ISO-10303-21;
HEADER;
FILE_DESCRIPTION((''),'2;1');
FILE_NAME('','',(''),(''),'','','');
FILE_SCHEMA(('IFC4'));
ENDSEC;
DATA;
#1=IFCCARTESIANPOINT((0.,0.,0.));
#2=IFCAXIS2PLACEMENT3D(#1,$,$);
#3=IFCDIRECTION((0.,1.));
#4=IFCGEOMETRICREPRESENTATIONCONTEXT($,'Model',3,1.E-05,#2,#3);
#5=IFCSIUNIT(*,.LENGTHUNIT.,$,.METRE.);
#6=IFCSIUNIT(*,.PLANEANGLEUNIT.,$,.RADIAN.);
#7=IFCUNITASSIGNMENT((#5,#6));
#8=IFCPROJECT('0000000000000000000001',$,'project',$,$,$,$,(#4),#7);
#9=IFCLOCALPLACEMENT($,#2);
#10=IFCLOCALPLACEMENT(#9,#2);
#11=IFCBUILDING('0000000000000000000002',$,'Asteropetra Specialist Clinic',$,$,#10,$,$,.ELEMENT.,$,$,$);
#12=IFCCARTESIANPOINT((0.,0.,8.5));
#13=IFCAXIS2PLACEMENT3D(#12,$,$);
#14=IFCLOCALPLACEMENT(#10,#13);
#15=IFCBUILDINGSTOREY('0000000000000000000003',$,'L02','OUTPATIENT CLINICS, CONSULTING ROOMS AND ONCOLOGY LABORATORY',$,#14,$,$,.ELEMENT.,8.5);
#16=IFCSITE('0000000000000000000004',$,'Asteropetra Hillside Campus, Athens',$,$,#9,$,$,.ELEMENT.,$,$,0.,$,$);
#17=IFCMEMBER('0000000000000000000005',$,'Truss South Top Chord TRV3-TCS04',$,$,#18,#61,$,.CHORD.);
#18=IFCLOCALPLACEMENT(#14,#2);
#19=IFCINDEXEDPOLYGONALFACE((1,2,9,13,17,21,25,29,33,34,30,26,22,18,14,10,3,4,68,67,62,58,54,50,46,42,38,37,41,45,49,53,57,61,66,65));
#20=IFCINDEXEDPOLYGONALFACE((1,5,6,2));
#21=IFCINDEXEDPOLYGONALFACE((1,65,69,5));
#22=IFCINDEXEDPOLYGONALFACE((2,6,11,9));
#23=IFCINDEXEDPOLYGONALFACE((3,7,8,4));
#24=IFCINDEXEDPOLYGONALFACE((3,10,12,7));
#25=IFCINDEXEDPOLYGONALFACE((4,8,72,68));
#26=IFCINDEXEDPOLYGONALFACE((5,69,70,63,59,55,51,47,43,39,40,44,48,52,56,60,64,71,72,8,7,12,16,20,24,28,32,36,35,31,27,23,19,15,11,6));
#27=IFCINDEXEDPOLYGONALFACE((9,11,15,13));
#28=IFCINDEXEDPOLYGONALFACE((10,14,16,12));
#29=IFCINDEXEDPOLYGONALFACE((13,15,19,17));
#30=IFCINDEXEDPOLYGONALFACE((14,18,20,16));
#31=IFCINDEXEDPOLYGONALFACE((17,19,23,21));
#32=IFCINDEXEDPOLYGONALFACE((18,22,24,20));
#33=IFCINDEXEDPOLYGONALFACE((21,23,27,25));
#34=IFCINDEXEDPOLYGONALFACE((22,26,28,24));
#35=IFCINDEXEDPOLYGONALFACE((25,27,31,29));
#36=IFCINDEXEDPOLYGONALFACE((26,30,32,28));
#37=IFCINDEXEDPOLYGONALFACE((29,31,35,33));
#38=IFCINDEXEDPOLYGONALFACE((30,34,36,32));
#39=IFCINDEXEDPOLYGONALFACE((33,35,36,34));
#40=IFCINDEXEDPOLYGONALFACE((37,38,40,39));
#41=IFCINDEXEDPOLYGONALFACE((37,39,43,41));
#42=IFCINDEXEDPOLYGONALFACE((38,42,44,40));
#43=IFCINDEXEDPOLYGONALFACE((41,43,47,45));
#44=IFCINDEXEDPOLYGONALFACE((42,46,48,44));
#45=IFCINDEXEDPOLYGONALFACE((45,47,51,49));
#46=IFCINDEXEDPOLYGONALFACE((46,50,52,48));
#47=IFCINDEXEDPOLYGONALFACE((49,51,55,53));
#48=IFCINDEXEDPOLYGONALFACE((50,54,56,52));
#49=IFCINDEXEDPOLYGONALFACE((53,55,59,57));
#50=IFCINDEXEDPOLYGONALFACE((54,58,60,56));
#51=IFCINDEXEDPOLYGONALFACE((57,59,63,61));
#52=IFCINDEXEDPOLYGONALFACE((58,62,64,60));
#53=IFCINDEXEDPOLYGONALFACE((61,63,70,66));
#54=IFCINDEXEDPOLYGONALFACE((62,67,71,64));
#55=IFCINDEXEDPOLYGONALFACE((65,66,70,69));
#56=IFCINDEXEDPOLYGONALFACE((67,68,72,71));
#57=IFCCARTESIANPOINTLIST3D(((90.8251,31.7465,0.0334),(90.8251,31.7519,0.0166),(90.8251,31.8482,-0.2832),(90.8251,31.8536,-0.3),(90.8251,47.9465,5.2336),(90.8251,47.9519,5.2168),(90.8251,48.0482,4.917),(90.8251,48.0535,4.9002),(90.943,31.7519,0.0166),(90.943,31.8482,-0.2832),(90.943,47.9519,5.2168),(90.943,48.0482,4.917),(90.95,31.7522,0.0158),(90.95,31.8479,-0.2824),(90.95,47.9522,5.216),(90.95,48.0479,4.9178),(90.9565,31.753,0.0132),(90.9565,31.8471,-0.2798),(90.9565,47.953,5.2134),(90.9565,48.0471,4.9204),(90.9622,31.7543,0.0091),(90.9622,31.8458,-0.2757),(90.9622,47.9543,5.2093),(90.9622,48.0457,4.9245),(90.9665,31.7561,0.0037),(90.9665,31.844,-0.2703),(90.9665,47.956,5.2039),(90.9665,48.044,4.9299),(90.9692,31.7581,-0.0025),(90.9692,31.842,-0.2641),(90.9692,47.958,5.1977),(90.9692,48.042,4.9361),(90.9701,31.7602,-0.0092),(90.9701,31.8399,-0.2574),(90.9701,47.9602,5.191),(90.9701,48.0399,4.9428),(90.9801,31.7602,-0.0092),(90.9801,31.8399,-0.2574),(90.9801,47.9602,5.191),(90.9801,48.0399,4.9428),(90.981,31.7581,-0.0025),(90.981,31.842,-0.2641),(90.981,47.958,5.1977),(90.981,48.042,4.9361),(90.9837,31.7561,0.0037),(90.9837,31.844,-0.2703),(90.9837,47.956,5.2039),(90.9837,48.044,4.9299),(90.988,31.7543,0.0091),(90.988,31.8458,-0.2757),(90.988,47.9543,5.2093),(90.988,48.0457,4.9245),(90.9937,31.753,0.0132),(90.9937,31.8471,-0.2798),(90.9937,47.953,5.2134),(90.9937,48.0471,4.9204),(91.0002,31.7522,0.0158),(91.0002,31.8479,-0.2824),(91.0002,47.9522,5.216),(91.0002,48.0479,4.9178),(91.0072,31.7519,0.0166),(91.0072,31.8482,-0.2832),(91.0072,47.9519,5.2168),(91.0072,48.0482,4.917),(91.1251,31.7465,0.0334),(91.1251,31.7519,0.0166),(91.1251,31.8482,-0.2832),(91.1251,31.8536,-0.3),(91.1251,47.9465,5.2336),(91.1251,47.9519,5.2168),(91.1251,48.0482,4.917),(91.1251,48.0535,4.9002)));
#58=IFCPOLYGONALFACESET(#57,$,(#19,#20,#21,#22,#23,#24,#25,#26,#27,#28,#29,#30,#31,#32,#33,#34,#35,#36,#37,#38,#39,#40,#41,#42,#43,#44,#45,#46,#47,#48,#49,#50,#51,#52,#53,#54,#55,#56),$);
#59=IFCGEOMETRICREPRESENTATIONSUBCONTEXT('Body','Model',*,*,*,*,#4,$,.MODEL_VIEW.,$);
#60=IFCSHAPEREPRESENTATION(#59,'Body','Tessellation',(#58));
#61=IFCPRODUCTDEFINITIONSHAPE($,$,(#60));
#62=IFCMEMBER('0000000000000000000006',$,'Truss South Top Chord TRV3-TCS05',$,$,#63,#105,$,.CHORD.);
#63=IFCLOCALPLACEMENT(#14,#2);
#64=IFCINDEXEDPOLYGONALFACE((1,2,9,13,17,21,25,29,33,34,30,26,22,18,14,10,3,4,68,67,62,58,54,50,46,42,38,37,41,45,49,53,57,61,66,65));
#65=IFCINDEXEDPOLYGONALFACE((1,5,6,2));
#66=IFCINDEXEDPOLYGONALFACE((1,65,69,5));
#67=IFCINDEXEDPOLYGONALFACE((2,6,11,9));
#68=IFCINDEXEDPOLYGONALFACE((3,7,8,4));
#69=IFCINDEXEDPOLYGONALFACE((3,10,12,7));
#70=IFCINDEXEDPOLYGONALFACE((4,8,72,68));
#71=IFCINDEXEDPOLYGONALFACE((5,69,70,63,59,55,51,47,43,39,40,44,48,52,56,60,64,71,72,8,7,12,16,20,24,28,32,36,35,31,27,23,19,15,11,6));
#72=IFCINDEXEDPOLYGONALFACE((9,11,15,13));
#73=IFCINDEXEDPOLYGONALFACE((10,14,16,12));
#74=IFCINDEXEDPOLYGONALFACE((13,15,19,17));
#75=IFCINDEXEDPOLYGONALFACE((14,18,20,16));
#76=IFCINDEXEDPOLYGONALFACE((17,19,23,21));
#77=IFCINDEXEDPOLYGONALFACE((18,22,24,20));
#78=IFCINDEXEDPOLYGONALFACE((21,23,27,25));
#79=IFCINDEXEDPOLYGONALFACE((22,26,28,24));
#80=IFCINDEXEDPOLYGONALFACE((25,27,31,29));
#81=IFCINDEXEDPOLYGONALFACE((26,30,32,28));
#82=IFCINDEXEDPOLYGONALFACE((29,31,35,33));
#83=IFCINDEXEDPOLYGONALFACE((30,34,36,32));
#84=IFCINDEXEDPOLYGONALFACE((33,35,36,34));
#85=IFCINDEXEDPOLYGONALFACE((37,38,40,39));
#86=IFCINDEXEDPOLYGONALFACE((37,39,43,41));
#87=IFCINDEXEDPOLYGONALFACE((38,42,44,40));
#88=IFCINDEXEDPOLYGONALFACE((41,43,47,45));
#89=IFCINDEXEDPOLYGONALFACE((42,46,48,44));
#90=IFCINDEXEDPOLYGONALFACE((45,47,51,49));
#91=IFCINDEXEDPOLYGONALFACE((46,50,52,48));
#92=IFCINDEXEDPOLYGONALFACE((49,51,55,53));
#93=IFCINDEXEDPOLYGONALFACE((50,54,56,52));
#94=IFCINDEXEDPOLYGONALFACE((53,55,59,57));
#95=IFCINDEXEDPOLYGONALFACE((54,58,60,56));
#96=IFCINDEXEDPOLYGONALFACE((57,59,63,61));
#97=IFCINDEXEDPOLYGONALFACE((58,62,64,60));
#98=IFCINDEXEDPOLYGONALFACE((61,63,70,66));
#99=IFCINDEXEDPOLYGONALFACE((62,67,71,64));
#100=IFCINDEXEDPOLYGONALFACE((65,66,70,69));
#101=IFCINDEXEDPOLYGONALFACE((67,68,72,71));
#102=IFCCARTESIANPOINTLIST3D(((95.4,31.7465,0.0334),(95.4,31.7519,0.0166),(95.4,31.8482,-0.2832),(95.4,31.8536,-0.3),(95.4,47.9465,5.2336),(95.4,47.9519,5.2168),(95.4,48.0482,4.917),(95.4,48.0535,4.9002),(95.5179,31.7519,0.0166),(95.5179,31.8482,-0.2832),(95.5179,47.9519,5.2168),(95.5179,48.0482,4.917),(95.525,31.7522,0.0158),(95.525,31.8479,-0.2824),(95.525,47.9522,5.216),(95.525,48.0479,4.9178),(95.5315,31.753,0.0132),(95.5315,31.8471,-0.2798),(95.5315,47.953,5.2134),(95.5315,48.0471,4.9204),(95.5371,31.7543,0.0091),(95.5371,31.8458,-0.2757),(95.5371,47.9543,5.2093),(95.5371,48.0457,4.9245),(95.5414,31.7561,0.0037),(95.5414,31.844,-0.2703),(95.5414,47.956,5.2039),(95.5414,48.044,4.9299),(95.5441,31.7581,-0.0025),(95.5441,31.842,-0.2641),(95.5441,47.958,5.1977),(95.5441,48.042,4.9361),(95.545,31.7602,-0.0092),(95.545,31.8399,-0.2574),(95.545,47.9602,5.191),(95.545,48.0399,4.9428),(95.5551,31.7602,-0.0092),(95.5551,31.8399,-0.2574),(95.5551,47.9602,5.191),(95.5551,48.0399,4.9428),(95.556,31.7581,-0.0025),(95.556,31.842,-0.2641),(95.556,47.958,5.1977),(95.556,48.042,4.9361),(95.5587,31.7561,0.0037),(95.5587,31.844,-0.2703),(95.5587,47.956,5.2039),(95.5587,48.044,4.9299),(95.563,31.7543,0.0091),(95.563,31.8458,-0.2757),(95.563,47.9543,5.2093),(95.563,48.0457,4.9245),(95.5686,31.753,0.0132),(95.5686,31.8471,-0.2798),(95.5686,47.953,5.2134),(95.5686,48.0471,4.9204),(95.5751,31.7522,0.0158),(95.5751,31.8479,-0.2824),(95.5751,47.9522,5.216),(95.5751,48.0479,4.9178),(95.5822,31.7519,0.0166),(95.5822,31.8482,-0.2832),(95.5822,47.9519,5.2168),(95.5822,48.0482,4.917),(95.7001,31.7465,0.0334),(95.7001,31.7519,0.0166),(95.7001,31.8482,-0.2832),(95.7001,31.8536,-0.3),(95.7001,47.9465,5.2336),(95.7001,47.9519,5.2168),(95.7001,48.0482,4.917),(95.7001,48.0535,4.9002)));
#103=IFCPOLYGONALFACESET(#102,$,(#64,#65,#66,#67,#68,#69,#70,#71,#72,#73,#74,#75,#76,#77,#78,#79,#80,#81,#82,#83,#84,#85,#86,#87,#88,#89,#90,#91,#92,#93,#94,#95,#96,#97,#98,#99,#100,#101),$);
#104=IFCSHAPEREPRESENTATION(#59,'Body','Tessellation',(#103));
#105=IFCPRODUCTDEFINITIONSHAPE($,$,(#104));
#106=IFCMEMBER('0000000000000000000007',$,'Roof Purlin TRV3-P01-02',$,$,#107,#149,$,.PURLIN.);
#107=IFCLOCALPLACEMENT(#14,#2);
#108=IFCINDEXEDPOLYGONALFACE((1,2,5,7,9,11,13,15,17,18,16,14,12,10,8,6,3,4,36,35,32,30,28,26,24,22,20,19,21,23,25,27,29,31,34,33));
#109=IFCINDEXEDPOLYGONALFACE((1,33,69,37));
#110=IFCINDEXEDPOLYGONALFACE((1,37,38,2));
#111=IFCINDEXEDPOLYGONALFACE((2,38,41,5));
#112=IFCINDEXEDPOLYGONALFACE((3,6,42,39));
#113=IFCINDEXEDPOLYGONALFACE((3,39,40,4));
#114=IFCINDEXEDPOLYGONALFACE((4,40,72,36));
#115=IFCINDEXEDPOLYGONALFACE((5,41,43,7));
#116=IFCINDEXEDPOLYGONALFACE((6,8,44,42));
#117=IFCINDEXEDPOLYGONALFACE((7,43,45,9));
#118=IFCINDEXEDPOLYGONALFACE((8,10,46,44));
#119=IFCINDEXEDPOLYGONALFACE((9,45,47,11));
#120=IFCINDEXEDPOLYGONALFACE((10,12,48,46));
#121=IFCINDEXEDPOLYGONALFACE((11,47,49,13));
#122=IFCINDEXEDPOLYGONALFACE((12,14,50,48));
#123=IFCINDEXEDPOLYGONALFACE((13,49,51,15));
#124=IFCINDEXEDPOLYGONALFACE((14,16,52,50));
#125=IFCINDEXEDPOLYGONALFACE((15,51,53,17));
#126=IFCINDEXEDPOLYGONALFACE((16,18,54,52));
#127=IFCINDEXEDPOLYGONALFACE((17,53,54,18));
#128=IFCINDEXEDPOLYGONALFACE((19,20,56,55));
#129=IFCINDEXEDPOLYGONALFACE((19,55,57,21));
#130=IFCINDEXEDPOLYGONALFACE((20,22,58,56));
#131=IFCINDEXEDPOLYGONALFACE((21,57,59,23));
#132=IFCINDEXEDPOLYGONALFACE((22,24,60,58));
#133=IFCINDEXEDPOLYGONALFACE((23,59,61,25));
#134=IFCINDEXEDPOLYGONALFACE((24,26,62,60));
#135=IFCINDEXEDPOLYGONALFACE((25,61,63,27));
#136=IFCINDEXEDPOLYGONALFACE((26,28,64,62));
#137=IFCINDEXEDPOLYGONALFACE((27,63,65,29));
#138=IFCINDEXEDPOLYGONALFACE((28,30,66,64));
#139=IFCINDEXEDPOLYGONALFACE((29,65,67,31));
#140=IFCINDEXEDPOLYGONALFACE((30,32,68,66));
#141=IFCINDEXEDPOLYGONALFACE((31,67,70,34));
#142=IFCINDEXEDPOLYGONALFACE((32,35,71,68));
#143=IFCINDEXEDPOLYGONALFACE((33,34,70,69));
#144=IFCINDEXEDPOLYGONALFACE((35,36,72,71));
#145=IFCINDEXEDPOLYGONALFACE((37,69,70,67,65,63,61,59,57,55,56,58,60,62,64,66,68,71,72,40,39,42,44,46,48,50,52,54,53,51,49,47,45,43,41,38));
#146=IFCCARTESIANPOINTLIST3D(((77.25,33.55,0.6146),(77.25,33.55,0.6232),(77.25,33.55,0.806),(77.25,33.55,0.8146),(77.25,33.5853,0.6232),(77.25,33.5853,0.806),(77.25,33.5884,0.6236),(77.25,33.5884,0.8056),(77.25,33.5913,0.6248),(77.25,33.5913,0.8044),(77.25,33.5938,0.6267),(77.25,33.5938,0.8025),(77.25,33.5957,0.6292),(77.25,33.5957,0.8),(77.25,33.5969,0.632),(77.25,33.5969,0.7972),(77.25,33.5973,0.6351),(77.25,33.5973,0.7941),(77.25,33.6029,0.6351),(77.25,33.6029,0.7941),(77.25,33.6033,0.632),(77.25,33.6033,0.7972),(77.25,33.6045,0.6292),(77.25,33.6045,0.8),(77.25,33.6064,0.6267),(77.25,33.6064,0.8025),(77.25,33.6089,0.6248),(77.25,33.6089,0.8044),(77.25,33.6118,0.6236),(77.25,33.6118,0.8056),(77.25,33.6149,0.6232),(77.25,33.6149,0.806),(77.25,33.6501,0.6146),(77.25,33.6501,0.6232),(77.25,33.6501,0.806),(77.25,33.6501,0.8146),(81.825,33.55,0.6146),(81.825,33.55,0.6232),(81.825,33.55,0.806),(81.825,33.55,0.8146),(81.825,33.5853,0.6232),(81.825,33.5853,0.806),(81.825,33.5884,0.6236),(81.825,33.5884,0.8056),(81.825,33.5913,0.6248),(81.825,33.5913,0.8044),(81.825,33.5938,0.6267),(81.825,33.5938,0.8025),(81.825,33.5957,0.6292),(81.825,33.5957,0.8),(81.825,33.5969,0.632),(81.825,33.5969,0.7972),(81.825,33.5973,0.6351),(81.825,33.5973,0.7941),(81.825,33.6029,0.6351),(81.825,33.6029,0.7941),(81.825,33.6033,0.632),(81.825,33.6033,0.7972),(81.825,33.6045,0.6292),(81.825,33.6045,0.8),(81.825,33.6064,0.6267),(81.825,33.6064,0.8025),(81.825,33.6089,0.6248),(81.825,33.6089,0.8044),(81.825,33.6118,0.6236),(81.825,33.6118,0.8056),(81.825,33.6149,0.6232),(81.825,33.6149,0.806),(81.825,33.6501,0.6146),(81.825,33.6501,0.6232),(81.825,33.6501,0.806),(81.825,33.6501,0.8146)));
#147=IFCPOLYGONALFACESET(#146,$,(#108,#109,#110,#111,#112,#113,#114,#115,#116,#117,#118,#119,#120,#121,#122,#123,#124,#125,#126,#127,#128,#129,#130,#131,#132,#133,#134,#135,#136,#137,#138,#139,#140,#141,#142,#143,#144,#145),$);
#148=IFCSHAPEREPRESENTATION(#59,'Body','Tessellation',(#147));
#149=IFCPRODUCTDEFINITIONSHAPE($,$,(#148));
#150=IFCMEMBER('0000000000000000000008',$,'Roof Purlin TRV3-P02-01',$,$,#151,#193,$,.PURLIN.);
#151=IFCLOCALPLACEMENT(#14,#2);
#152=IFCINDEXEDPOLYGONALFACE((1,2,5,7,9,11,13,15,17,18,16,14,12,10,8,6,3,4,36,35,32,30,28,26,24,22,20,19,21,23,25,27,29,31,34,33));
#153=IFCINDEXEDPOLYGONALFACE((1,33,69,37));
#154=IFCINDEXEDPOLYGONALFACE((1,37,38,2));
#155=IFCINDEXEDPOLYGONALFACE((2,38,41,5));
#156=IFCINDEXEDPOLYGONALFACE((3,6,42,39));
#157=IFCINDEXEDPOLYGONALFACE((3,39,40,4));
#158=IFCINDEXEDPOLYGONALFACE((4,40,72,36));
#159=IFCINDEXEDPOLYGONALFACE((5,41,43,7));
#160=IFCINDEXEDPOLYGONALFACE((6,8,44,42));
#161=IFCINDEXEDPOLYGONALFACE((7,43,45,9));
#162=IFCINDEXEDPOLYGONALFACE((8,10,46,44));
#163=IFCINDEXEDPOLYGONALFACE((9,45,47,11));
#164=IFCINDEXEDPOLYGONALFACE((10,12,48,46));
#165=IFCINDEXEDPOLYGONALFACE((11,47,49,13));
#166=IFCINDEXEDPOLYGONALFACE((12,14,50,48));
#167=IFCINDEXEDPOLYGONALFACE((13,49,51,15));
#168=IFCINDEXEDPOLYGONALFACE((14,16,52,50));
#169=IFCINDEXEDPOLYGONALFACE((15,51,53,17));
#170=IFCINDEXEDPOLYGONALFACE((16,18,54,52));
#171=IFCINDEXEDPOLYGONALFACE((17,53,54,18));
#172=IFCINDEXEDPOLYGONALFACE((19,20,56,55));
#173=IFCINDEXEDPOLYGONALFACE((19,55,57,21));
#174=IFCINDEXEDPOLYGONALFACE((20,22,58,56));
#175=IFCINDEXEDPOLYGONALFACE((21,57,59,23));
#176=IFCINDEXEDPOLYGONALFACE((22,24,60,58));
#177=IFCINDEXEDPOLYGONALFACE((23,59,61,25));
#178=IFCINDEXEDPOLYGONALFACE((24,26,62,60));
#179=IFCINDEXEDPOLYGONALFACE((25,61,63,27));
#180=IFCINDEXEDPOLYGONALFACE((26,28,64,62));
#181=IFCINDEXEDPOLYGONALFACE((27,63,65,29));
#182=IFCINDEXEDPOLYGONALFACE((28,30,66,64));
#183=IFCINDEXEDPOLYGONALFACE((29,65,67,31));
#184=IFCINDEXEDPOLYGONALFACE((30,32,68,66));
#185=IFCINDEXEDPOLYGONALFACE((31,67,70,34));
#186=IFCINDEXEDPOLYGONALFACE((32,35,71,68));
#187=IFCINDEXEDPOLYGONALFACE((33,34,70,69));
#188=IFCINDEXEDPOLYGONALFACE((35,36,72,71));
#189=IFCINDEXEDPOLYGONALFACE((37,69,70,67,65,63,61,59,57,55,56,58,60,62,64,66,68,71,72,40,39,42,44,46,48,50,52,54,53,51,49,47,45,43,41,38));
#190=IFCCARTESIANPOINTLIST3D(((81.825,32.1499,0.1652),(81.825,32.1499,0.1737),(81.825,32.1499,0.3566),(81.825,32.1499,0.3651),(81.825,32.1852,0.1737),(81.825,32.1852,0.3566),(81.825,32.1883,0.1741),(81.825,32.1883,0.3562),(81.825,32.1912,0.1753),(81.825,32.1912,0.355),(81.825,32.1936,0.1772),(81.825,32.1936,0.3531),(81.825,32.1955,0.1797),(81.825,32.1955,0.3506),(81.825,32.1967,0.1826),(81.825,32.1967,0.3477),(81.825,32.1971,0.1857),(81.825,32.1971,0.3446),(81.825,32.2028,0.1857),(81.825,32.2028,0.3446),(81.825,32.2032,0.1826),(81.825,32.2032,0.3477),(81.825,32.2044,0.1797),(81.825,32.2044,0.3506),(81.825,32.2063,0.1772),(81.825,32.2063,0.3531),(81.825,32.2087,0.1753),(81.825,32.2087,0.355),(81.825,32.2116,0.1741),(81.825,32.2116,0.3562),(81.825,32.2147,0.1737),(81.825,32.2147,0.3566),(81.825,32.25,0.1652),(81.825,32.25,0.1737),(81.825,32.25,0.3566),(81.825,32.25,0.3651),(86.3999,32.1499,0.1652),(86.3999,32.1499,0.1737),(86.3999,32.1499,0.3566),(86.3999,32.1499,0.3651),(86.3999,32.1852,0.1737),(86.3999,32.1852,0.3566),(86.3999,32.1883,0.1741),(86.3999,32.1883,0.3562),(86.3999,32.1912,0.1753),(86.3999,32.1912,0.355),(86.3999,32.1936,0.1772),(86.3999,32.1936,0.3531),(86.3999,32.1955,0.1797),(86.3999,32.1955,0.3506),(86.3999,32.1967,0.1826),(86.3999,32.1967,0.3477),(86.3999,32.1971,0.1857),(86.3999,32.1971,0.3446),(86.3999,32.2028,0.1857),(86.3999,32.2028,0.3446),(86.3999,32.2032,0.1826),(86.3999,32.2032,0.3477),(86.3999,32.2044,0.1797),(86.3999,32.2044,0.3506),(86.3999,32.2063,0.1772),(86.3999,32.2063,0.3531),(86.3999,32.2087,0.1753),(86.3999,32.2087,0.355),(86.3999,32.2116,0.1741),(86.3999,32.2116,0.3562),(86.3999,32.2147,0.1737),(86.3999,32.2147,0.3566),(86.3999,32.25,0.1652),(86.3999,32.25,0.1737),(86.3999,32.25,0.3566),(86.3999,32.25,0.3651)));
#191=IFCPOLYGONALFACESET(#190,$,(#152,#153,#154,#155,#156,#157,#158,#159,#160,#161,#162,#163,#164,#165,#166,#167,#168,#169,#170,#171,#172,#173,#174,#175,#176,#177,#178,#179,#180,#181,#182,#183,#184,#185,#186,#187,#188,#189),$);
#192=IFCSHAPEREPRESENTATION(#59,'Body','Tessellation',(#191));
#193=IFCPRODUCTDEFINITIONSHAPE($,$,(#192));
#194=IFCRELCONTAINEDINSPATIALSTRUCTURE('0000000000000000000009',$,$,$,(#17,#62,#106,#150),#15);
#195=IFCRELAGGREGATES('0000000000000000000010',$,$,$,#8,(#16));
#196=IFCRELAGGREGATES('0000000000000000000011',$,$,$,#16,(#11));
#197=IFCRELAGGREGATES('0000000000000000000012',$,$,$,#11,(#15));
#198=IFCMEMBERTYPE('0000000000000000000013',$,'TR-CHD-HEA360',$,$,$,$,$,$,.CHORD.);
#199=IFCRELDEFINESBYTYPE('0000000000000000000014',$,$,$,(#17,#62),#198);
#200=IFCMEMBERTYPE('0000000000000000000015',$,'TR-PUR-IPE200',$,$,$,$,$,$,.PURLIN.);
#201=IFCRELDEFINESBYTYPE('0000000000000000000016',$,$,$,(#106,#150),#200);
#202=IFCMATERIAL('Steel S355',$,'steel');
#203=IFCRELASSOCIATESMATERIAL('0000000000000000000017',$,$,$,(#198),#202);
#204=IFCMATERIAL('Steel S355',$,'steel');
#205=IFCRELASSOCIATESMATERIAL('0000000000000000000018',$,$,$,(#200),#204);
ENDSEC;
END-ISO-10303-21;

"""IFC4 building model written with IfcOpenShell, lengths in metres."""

from ifc_helpers import new_model, si_unit, direction, frame, origin, origin_2d, place, context, subcontext, project, spatial, i_section, extrude, material, material_profile, profile_set, type_object, element, save


model = new_model("IFC4")

# Units and contexts
model_context = context("Model", 3, precision=1e-05, world=origin(), true_north=direction((0.0, 1.0)))
body_context = subcontext(model_context, "Body", "Model", "MODEL_VIEW")
ifc_project = project(units=[si_unit("LENGTHUNIT", "METRE"), si_unit("PLANEANGLEUNIT", "RADIAN")], contexts=[model_context])

# Site, building, storey
site_placement = place(None, origin())
site = spatial("IfcSite", under=ifc_project, at=site_placement, Name="Asteropetra Hillside Campus, Athens", CompositionType="ELEMENT", RefElevation=0.0)
building_placement = place(site_placement, origin())
building = spatial("IfcBuilding", under=site, at=building_placement, Name="Asteropetra Specialist Clinic", CompositionType="ELEMENT")
storey_placement = place(building_placement, frame((0.0, 0.0, 8.5)))
storey = spatial("IfcBuildingStorey", under=building, at=storey_placement, Name="L02", Description="OUTPATIENT CLINICS, CONSULTING ROOMS AND ONCOLOGY LABORATORY", CompositionType="ELEMENT", Elevation=8.5)

# Members
ifc_material_1 = material(Name="Steel S355", Category="steel")
ifc_material_profile_1 = material_profile(ifc_material_1, i_section(OverallWidth=0.3, OverallDepth=0.3501, WebThickness=0.01, FlangeThickness=0.0176, FilletRadius=0.0271, at=origin_2d()), Name="HEA 360")
ifc_profile_set_1 = profile_set([ifc_material_profile_1], Name="Steel S355")
member_type_1 = type_object("IfcMemberType", Name="TR-CHD-HEA360", PredefinedType="CHORD", material=ifc_profile_set_1)
for number, where, z_axis, x_axis, name in (
    (1, (90.9751, 31.8, -0.1333), (0.0, 0.952147, 0.30564), (-1.0, 0.0, 0.0), "Truss South Top Chord TRV3-TCS04"),
    (2, (95.55, 31.8, -0.1333), (0.0, 0.952147, 0.30564), (-1.0, 0.0, 0.0), "Truss South Top Chord TRV3-TCS05"),
):
    element("IfcMember", number, at=place(storey_placement, frame(where, z_axis=z_axis, x_axis=x_axis)), inside=storey, type_object=member_type_1, Name=name, PredefinedType="CHORD", context=body_context, shape_type="SweptSolid", body=[
        extrude(i_section(OverallWidth=0.3, OverallDepth=0.3501, WebThickness=0.01, FlangeThickness=0.0176, FilletRadius=0.0271, at=origin_2d()), origin(), (0.0, 0.0, 1.0), 17.0142),
    ])
ifc_material_2 = material(Name="Steel S355", Category="steel")
ifc_material_profile_2 = material_profile(ifc_material_2, i_section(OverallWidth=0.1001, OverallDepth=0.2, WebThickness=0.0056, FlangeThickness=0.0085, FilletRadius=0.012, at=origin_2d()), Name="IPE 200")
ifc_profile_set_2 = profile_set([ifc_material_profile_2], Name="Steel S355")
member_type_2 = type_object("IfcMemberType", Name="TR-PUR-IPE200", PredefinedType="PURLIN", material=ifc_profile_set_2)
for number, where, z_axis, x_axis, name in (
    (3, (77.25, 33.6001, 0.7146), (1.0, 0.0, 0.0), (0.0, 1.0, 0.0), "Roof Purlin TRV3-P01-02"),
    (4, (81.825, 32.2, 0.2651), (1.0, 0.0, 0.0), (0.0, 1.0, 0.0), "Roof Purlin TRV3-P02-01"),
):
    element("IfcMember", number, at=place(storey_placement, frame(where, z_axis=z_axis, x_axis=x_axis)), inside=storey, type_object=member_type_2, Name=name, PredefinedType="PURLIN", context=body_context, shape_type="SweptSolid", body=[
        extrude(i_section(OverallWidth=0.1001, OverallDepth=0.2, WebThickness=0.0056, FlangeThickness=0.0085, FilletRadius=0.012, at=origin_2d()), origin(), (0.0, 0.0, 1.0), 4.575),
    ])

save(model, "model.ifc")
